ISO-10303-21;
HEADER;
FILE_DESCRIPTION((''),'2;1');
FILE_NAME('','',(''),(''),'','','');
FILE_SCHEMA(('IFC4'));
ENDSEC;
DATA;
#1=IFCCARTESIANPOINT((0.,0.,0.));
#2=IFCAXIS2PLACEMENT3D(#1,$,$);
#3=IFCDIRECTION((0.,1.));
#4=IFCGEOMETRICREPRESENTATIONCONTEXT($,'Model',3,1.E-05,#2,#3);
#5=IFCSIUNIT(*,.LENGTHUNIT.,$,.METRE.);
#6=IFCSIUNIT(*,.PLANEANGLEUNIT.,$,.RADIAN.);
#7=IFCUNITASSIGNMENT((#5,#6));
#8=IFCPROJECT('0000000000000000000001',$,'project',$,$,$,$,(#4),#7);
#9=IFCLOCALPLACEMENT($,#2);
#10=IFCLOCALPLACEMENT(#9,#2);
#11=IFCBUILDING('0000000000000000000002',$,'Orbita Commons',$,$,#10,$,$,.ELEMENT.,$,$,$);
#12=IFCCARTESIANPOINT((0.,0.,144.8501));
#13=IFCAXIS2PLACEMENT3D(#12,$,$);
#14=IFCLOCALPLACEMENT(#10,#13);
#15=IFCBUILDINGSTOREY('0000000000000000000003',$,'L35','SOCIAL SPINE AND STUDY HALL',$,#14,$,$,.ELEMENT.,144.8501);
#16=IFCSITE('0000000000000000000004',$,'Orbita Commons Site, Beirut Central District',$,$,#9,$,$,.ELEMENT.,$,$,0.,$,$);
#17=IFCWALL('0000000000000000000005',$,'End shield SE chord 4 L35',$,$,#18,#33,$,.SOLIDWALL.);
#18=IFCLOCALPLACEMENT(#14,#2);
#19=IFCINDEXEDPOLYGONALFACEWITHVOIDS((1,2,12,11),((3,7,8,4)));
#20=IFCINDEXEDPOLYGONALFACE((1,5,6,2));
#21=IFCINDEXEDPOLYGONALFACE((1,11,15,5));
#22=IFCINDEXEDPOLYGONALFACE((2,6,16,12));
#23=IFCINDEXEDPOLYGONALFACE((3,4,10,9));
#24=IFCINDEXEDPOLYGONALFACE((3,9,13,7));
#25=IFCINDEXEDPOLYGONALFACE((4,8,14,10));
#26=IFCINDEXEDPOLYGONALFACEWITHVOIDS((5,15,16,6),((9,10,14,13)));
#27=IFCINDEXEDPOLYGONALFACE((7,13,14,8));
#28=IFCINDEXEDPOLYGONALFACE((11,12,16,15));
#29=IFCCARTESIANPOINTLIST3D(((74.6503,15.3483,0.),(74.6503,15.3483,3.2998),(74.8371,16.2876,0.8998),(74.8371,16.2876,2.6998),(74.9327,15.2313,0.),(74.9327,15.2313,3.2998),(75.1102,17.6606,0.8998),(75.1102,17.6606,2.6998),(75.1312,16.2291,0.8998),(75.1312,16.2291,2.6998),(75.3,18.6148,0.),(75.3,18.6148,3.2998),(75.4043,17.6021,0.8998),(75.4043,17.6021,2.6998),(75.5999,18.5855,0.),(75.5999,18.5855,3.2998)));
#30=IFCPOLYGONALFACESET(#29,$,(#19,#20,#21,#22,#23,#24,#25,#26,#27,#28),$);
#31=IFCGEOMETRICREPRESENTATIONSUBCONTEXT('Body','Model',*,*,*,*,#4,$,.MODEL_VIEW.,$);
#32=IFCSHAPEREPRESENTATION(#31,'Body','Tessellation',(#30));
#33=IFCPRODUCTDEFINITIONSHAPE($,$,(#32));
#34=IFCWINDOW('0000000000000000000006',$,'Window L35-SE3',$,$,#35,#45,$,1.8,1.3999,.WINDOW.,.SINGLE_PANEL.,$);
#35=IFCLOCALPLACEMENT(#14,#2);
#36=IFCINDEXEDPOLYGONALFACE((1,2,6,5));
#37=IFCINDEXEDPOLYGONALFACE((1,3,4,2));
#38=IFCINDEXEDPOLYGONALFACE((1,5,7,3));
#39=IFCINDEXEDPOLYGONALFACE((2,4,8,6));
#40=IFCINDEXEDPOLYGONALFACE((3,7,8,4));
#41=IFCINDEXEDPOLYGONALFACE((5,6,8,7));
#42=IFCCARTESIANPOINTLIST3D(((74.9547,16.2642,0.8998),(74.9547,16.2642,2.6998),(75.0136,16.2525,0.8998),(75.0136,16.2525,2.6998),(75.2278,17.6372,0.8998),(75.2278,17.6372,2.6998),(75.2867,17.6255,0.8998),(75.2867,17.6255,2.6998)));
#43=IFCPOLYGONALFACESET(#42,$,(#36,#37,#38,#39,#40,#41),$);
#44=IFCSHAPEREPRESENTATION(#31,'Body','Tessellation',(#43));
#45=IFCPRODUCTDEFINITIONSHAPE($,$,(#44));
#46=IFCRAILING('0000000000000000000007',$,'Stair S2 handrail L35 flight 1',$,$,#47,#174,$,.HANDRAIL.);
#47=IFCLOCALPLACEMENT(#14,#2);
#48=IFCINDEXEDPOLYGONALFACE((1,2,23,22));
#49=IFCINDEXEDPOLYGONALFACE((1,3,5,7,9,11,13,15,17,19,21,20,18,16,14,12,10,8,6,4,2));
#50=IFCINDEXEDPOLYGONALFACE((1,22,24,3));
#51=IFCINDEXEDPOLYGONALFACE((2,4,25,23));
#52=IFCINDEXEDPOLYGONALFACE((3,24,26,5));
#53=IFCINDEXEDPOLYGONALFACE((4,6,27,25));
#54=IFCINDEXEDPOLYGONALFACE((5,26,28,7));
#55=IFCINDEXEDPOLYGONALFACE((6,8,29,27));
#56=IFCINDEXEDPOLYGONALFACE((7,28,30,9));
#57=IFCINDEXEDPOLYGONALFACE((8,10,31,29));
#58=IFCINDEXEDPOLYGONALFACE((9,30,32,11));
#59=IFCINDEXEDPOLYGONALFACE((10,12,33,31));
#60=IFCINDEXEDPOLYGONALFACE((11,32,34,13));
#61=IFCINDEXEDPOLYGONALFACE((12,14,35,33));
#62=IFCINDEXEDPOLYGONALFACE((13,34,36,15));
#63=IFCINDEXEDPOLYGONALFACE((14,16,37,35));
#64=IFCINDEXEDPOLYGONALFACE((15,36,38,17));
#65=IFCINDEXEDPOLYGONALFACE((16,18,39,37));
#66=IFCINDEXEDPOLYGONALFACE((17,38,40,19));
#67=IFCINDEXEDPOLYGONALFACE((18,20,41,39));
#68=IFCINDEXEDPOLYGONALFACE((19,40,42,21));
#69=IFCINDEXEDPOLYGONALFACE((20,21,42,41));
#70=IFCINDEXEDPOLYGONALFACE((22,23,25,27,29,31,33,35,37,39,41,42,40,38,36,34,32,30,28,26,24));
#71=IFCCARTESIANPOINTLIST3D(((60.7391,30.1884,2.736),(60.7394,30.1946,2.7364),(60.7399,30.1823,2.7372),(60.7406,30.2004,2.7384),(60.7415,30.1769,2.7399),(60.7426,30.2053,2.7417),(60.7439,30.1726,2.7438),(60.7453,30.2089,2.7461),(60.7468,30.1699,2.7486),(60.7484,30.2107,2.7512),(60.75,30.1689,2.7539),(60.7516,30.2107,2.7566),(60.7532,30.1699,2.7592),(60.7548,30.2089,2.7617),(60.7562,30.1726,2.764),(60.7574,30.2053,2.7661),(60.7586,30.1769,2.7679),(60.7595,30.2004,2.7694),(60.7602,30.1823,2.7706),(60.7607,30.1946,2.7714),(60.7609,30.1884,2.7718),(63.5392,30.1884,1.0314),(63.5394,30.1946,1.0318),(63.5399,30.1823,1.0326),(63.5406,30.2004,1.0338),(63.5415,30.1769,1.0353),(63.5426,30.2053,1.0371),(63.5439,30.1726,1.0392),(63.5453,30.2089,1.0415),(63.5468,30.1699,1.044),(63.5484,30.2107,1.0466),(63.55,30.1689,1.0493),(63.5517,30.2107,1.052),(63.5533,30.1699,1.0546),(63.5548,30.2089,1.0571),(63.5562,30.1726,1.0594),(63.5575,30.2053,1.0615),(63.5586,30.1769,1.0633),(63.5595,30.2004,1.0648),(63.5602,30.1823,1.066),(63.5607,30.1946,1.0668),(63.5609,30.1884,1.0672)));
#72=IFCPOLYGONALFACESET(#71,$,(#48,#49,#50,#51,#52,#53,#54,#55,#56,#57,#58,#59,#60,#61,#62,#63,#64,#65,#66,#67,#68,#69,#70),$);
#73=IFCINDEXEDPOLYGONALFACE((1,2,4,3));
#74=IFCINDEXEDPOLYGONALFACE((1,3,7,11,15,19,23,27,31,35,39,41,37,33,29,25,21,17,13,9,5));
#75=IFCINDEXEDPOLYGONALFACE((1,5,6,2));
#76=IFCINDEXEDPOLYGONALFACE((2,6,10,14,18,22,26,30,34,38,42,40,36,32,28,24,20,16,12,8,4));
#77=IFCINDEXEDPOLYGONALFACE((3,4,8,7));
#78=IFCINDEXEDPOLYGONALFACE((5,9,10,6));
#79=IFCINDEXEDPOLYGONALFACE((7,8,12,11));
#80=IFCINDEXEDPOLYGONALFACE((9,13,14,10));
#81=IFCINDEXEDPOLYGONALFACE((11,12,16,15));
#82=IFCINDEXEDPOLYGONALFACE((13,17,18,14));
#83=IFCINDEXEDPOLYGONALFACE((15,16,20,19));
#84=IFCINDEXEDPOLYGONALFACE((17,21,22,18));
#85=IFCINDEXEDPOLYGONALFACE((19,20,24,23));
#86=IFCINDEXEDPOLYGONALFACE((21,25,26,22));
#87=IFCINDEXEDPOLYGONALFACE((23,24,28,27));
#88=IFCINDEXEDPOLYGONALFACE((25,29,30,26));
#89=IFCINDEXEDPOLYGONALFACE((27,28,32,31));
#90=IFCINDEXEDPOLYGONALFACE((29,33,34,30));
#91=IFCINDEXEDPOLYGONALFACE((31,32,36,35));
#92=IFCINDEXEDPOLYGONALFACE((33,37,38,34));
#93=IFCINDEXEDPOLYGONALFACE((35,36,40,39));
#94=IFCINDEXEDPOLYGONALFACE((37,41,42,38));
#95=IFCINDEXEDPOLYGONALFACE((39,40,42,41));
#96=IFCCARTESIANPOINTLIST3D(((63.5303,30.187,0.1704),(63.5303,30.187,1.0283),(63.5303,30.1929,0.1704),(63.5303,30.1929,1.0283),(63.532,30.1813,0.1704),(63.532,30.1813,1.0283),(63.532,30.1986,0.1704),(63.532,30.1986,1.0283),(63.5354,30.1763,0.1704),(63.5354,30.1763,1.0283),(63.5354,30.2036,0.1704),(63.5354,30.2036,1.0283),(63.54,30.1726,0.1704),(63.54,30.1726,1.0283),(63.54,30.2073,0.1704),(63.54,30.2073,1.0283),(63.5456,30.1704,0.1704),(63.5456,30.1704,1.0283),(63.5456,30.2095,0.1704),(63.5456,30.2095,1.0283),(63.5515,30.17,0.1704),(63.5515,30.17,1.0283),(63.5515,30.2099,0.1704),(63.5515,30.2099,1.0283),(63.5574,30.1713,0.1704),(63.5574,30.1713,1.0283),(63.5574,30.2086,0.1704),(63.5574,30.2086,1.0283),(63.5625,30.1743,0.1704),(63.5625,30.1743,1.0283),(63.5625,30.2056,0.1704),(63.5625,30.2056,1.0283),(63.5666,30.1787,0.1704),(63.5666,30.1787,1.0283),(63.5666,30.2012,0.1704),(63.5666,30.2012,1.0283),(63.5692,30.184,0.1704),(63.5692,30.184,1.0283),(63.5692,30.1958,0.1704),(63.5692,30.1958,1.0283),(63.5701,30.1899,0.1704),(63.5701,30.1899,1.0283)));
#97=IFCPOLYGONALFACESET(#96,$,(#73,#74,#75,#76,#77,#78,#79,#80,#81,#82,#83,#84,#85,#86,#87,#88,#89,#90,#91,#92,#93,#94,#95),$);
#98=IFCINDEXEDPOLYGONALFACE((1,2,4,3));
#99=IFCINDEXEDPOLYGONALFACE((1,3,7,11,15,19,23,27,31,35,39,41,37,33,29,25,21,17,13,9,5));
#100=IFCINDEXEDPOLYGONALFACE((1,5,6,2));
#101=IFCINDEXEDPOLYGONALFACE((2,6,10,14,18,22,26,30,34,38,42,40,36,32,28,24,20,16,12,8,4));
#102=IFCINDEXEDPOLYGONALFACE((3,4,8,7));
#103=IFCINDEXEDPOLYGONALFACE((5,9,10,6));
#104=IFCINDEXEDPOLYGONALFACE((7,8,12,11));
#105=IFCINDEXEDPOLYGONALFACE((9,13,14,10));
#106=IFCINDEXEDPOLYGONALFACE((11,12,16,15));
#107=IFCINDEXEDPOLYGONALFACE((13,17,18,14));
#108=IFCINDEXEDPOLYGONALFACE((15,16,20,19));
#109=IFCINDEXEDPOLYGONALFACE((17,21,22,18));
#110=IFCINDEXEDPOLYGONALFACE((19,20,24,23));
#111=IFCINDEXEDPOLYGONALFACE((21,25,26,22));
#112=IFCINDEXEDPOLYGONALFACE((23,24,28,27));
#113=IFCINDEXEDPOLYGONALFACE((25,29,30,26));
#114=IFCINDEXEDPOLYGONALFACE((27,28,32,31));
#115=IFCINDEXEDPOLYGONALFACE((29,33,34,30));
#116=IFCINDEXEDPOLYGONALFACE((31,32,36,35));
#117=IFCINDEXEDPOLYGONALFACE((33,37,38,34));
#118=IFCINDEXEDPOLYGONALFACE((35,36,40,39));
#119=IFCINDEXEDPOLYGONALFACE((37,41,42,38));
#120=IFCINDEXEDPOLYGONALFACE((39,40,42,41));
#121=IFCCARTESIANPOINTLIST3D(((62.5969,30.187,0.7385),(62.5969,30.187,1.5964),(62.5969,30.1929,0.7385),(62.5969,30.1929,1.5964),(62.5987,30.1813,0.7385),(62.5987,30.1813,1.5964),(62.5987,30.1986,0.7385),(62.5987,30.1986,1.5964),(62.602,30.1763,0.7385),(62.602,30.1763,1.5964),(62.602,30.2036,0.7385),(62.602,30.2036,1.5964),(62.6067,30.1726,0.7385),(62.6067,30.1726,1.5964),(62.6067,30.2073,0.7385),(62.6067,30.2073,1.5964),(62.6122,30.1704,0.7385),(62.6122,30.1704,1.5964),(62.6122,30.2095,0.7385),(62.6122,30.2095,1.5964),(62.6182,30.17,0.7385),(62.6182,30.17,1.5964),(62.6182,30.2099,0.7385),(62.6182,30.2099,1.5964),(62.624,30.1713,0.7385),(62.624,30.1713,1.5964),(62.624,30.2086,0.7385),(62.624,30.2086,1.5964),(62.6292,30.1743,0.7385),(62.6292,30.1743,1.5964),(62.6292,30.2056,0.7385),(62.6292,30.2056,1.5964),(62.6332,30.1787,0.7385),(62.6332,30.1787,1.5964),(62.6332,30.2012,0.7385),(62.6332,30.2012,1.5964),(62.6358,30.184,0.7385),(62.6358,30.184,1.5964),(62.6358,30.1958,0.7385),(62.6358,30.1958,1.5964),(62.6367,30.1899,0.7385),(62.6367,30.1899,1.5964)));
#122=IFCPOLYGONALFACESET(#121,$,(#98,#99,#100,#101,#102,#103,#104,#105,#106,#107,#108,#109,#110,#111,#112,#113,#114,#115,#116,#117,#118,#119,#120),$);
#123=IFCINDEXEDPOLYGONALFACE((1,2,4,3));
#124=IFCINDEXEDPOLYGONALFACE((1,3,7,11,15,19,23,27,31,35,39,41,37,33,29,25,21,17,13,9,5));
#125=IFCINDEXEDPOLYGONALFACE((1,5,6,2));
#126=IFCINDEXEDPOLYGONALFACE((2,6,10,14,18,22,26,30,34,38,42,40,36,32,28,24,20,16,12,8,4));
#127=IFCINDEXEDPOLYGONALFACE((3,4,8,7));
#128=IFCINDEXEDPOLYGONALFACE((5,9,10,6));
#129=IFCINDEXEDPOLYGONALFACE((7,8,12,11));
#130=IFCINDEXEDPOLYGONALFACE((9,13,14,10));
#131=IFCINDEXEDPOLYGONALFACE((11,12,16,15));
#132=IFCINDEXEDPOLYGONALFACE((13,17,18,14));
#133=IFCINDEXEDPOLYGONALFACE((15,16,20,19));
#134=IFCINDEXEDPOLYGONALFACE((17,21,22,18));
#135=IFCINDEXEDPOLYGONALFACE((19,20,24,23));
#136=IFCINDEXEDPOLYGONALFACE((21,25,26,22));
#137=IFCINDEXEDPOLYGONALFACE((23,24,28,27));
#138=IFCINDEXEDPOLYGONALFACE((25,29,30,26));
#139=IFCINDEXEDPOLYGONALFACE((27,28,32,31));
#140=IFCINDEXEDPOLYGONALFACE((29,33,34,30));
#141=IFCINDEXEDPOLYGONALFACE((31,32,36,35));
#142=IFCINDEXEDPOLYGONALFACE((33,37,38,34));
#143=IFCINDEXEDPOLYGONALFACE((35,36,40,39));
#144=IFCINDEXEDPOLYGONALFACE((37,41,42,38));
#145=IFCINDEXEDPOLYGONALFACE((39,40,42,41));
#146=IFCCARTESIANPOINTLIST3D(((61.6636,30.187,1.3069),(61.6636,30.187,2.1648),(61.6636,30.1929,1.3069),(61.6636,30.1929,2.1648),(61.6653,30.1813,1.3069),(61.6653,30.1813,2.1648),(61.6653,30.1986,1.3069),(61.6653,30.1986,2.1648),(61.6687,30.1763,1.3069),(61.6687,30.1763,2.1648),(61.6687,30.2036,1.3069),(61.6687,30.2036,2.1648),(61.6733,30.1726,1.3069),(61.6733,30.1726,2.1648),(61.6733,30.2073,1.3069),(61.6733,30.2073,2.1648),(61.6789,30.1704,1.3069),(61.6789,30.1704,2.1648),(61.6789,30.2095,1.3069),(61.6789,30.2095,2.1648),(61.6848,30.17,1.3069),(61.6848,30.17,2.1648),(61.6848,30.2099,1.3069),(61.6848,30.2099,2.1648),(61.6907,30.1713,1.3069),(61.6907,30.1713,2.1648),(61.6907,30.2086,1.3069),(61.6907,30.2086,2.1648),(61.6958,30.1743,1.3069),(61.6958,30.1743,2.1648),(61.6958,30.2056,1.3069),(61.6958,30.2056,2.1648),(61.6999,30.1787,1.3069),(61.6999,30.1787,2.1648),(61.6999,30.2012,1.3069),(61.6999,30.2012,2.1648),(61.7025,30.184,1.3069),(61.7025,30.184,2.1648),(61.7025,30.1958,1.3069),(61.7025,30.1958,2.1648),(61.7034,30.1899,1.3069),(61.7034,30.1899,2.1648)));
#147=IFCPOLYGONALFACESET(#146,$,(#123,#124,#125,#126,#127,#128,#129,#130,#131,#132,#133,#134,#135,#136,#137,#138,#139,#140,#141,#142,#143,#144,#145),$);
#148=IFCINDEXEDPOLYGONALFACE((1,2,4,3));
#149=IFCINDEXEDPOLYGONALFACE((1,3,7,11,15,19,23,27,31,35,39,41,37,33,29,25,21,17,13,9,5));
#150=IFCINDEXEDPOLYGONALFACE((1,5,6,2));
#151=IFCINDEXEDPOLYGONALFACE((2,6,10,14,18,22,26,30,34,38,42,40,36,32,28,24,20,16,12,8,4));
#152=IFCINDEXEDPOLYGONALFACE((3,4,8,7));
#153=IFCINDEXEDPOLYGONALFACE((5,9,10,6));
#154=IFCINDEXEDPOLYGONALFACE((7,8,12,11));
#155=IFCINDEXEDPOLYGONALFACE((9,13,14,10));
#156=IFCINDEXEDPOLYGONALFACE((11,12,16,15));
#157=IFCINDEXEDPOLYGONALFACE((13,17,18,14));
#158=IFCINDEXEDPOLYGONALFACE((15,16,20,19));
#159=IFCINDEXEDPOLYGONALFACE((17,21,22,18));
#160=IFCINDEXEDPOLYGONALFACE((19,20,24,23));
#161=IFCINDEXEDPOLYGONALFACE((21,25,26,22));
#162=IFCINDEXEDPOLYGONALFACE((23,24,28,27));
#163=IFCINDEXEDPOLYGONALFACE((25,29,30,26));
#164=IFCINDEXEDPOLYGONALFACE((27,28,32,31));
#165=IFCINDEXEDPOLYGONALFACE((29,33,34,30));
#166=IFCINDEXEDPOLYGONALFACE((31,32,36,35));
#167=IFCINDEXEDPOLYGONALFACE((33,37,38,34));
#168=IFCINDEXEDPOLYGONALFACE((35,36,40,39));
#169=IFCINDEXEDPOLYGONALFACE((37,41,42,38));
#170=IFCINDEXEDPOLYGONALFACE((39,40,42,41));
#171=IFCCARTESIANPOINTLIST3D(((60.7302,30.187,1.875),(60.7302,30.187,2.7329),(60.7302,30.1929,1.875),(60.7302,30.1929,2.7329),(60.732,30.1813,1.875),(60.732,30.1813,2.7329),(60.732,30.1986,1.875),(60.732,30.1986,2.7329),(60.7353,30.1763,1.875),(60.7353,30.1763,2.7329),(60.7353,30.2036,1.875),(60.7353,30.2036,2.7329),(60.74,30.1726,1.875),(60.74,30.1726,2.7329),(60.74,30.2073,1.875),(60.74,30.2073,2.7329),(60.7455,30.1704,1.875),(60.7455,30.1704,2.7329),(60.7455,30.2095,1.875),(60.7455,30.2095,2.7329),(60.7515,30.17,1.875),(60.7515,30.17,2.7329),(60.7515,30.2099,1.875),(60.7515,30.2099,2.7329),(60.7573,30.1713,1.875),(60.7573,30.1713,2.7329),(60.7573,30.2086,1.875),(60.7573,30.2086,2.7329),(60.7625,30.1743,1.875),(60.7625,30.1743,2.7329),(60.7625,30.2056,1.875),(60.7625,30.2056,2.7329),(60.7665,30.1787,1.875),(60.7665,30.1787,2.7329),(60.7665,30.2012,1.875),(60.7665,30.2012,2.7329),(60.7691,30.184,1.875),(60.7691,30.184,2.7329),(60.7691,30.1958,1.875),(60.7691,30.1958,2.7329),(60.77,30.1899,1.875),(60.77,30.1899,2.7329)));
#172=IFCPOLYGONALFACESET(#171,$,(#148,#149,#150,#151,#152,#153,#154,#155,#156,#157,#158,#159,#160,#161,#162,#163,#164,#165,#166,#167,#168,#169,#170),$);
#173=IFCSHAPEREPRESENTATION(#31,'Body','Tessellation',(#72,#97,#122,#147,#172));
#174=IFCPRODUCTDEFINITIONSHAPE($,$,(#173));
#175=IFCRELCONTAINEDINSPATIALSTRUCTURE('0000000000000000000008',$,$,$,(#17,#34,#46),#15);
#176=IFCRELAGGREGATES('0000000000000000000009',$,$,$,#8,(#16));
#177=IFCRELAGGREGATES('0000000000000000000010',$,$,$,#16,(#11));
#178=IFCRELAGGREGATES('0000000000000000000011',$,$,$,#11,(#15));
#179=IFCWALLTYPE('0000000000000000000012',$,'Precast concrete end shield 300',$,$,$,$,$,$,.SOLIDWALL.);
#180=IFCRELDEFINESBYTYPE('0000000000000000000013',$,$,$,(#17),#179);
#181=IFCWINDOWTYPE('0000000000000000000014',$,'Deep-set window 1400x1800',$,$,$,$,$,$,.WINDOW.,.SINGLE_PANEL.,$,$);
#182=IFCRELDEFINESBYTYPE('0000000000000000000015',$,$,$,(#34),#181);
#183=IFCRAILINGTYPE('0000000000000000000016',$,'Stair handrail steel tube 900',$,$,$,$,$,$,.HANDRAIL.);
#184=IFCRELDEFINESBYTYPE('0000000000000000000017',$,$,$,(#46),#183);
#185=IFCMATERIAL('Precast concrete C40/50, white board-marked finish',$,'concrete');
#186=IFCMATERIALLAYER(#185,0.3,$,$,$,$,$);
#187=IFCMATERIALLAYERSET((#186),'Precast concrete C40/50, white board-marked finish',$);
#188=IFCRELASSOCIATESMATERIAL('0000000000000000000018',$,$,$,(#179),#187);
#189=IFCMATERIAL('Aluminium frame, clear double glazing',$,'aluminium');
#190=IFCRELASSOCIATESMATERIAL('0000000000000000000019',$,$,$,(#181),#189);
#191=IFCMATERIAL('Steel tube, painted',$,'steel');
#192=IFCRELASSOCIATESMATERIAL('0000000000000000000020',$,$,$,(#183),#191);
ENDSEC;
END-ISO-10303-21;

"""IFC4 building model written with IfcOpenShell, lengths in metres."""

from ifc_helpers import new_model, si_unit, direction, frame, frame_2d, origin, origin_2d, place, context, subcontext, project, spatial, polyline, rectangle, circle, outline, extrude, material, layer, layer_set, type_object, element, fill, save


model = new_model("IFC4")

# Units and contexts
model_context = context("Model", 3, precision=1e-05, world=origin(), true_north=direction((0.0, 1.0)))
body_context = subcontext(model_context, "Body", "Model", "MODEL_VIEW")
ifc_project = project(units=[si_unit("LENGTHUNIT", "METRE"), si_unit("PLANEANGLEUNIT", "RADIAN")], contexts=[model_context])

# Site, building, storey
site_placement = place(None, origin())
site = spatial("IfcSite", under=ifc_project, at=site_placement, Name="Orbita Commons Site, Beirut Central District", CompositionType="ELEMENT", RefElevation=0.0)
building_placement = place(site_placement, origin())
building = spatial("IfcBuilding", under=site, at=building_placement, Name="Orbita Commons", CompositionType="ELEMENT")
storey_placement = place(building_placement, frame((0.0, 0.0, 144.8501)))
storey = spatial("IfcBuildingStorey", under=building, at=storey_placement, Name="L35", Description="SOCIAL SPINE AND STUDY HALL", CompositionType="ELEMENT", Elevation=144.8501)

# Shared definitions
ifc_material_1 = material(Name="Precast concrete C40/50, white board-marked finish", Category="concrete")
ifc_layer_1 = layer(ifc_material_1, 0.3)
ifc_layer_set_1 = layer_set([ifc_layer_1], Name="Precast concrete C40/50, white board-marked finish")
wall_type_1 = type_object("IfcWallType", Name="Precast concrete end shield 300", PredefinedType="SOLIDWALL", material=ifc_layer_set_1)

# Wall, opening, window
ifc_material_2 = material(Name="Aluminium frame, clear double glazing", Category="aluminium")
window_type_1 = type_object("IfcWindowType", Name="Deep-set window 1400x1800", PartitioningType="SINGLE_PANEL", PredefinedType="WINDOW", material=ifc_material_2)
wall_1_placement = place(storey_placement, frame((74.7915, 15.2898, 0.0), z_axis=(0.0, 0.0, 1.0), x_axis=(0.195087, 0.980786, 0.0)))
wall_1 = element("IfcWall", 1, at=wall_1_placement, inside=storey, type_object=wall_type_1, Name="End shield SE chord 4 L35", PredefinedType="SOLIDWALL", context=body_context, shape_type="SweptSolid", body=[
    extrude(outline(polyline([(-0.0298, -0.1499), (3.3901, -0.1499), (3.3604, 0.1499), (0.0298, 0.1499), (-0.0298, -0.1499)])), origin(), (0.0, 0.0, 1.0), 3.2998),
])
opening_1_placement = place(wall_1_placement, frame((0.9875, 0.0, 0.8999)))
opening_1 = element("IfcOpeningElement", 2, at=opening_1_placement, cuts=wall_1, PredefinedType="OPENING", context=body_context, shape_type="SweptSolid", body=[
    extrude(rectangle(XDim=1.3999, YDim=1.8, at=frame_2d((0.7, 0.8999))), frame((0.0, 0.1599, 0.0), z_axis=(0.0, -1.0, 0.0), x_axis=(1.0, 0.0, 0.0)), (0.0, 0.0, 1.0), 0.3201),
])
window_1_placement = place(opening_1_placement, origin())
window_1 = element("IfcWindow", 3, at=window_1_placement, inside=storey, type_object=window_type_1, Name="Window L35-SE3", OverallHeight=1.8, OverallWidth=1.3999, PartitioningType="SINGLE_PANEL", PredefinedType="WINDOW", context=body_context, shape_type="SweptSolid", body=[
    extrude(rectangle(XDim=1.3999, YDim=1.8, at=frame_2d((0.7, 0.8999))), frame((0.0, 0.03, 0.0), z_axis=(0.0, -1.0, 0.0), x_axis=(1.0, 0.0, 0.0)), (0.0, 0.0, 1.0), 0.0601),
])
fill(opening_1, window_1)

# Railing
ifc_material_3 = material(Name="Steel tube, painted", Category="steel")
railing_type = type_object("IfcRailingType", Name="Stair handrail steel tube 900", PredefinedType="HANDRAIL", material=ifc_material_3)
railing_placement = place(storey_placement, frame((63.55, 30.1899, 0.1704)))
element("IfcRailing", 4, at=railing_placement, inside=storey, type_object=railing_type, Name="Stair S2 handrail L35 flight 1", PredefinedType="HANDRAIL", context=body_context, shape_type="SweptSolid", body=[
    extrude(circle(Radius=0.021, at=origin_2d()), frame((0.0, 0.0, 0.8789), z_axis=(-0.85417, 0.0, 0.519994), x_axis=(0.0, -1.0, 0.0)), (0.0, 0.0, 1.0), 3.2781),
    extrude(circle(Radius=0.02, at=origin_2d()), origin(), (0.0, 0.0, 1.0), 0.8579),
    extrude(circle(Radius=0.02, at=origin_2d()), frame((-0.9333, 0.0, 0.5681)), (0.0, 0.0, 1.0), 0.8579),
    extrude(circle(Radius=0.02, at=origin_2d()), frame((-1.8667, 0.0, 1.1365)), (0.0, 0.0, 1.0), 0.8579),
    extrude(circle(Radius=0.02, at=origin_2d()), frame((-2.8, 0.0, 1.7046)), (0.0, 0.0, 1.0), 0.8579),
])

save(model, "model.ifc")
